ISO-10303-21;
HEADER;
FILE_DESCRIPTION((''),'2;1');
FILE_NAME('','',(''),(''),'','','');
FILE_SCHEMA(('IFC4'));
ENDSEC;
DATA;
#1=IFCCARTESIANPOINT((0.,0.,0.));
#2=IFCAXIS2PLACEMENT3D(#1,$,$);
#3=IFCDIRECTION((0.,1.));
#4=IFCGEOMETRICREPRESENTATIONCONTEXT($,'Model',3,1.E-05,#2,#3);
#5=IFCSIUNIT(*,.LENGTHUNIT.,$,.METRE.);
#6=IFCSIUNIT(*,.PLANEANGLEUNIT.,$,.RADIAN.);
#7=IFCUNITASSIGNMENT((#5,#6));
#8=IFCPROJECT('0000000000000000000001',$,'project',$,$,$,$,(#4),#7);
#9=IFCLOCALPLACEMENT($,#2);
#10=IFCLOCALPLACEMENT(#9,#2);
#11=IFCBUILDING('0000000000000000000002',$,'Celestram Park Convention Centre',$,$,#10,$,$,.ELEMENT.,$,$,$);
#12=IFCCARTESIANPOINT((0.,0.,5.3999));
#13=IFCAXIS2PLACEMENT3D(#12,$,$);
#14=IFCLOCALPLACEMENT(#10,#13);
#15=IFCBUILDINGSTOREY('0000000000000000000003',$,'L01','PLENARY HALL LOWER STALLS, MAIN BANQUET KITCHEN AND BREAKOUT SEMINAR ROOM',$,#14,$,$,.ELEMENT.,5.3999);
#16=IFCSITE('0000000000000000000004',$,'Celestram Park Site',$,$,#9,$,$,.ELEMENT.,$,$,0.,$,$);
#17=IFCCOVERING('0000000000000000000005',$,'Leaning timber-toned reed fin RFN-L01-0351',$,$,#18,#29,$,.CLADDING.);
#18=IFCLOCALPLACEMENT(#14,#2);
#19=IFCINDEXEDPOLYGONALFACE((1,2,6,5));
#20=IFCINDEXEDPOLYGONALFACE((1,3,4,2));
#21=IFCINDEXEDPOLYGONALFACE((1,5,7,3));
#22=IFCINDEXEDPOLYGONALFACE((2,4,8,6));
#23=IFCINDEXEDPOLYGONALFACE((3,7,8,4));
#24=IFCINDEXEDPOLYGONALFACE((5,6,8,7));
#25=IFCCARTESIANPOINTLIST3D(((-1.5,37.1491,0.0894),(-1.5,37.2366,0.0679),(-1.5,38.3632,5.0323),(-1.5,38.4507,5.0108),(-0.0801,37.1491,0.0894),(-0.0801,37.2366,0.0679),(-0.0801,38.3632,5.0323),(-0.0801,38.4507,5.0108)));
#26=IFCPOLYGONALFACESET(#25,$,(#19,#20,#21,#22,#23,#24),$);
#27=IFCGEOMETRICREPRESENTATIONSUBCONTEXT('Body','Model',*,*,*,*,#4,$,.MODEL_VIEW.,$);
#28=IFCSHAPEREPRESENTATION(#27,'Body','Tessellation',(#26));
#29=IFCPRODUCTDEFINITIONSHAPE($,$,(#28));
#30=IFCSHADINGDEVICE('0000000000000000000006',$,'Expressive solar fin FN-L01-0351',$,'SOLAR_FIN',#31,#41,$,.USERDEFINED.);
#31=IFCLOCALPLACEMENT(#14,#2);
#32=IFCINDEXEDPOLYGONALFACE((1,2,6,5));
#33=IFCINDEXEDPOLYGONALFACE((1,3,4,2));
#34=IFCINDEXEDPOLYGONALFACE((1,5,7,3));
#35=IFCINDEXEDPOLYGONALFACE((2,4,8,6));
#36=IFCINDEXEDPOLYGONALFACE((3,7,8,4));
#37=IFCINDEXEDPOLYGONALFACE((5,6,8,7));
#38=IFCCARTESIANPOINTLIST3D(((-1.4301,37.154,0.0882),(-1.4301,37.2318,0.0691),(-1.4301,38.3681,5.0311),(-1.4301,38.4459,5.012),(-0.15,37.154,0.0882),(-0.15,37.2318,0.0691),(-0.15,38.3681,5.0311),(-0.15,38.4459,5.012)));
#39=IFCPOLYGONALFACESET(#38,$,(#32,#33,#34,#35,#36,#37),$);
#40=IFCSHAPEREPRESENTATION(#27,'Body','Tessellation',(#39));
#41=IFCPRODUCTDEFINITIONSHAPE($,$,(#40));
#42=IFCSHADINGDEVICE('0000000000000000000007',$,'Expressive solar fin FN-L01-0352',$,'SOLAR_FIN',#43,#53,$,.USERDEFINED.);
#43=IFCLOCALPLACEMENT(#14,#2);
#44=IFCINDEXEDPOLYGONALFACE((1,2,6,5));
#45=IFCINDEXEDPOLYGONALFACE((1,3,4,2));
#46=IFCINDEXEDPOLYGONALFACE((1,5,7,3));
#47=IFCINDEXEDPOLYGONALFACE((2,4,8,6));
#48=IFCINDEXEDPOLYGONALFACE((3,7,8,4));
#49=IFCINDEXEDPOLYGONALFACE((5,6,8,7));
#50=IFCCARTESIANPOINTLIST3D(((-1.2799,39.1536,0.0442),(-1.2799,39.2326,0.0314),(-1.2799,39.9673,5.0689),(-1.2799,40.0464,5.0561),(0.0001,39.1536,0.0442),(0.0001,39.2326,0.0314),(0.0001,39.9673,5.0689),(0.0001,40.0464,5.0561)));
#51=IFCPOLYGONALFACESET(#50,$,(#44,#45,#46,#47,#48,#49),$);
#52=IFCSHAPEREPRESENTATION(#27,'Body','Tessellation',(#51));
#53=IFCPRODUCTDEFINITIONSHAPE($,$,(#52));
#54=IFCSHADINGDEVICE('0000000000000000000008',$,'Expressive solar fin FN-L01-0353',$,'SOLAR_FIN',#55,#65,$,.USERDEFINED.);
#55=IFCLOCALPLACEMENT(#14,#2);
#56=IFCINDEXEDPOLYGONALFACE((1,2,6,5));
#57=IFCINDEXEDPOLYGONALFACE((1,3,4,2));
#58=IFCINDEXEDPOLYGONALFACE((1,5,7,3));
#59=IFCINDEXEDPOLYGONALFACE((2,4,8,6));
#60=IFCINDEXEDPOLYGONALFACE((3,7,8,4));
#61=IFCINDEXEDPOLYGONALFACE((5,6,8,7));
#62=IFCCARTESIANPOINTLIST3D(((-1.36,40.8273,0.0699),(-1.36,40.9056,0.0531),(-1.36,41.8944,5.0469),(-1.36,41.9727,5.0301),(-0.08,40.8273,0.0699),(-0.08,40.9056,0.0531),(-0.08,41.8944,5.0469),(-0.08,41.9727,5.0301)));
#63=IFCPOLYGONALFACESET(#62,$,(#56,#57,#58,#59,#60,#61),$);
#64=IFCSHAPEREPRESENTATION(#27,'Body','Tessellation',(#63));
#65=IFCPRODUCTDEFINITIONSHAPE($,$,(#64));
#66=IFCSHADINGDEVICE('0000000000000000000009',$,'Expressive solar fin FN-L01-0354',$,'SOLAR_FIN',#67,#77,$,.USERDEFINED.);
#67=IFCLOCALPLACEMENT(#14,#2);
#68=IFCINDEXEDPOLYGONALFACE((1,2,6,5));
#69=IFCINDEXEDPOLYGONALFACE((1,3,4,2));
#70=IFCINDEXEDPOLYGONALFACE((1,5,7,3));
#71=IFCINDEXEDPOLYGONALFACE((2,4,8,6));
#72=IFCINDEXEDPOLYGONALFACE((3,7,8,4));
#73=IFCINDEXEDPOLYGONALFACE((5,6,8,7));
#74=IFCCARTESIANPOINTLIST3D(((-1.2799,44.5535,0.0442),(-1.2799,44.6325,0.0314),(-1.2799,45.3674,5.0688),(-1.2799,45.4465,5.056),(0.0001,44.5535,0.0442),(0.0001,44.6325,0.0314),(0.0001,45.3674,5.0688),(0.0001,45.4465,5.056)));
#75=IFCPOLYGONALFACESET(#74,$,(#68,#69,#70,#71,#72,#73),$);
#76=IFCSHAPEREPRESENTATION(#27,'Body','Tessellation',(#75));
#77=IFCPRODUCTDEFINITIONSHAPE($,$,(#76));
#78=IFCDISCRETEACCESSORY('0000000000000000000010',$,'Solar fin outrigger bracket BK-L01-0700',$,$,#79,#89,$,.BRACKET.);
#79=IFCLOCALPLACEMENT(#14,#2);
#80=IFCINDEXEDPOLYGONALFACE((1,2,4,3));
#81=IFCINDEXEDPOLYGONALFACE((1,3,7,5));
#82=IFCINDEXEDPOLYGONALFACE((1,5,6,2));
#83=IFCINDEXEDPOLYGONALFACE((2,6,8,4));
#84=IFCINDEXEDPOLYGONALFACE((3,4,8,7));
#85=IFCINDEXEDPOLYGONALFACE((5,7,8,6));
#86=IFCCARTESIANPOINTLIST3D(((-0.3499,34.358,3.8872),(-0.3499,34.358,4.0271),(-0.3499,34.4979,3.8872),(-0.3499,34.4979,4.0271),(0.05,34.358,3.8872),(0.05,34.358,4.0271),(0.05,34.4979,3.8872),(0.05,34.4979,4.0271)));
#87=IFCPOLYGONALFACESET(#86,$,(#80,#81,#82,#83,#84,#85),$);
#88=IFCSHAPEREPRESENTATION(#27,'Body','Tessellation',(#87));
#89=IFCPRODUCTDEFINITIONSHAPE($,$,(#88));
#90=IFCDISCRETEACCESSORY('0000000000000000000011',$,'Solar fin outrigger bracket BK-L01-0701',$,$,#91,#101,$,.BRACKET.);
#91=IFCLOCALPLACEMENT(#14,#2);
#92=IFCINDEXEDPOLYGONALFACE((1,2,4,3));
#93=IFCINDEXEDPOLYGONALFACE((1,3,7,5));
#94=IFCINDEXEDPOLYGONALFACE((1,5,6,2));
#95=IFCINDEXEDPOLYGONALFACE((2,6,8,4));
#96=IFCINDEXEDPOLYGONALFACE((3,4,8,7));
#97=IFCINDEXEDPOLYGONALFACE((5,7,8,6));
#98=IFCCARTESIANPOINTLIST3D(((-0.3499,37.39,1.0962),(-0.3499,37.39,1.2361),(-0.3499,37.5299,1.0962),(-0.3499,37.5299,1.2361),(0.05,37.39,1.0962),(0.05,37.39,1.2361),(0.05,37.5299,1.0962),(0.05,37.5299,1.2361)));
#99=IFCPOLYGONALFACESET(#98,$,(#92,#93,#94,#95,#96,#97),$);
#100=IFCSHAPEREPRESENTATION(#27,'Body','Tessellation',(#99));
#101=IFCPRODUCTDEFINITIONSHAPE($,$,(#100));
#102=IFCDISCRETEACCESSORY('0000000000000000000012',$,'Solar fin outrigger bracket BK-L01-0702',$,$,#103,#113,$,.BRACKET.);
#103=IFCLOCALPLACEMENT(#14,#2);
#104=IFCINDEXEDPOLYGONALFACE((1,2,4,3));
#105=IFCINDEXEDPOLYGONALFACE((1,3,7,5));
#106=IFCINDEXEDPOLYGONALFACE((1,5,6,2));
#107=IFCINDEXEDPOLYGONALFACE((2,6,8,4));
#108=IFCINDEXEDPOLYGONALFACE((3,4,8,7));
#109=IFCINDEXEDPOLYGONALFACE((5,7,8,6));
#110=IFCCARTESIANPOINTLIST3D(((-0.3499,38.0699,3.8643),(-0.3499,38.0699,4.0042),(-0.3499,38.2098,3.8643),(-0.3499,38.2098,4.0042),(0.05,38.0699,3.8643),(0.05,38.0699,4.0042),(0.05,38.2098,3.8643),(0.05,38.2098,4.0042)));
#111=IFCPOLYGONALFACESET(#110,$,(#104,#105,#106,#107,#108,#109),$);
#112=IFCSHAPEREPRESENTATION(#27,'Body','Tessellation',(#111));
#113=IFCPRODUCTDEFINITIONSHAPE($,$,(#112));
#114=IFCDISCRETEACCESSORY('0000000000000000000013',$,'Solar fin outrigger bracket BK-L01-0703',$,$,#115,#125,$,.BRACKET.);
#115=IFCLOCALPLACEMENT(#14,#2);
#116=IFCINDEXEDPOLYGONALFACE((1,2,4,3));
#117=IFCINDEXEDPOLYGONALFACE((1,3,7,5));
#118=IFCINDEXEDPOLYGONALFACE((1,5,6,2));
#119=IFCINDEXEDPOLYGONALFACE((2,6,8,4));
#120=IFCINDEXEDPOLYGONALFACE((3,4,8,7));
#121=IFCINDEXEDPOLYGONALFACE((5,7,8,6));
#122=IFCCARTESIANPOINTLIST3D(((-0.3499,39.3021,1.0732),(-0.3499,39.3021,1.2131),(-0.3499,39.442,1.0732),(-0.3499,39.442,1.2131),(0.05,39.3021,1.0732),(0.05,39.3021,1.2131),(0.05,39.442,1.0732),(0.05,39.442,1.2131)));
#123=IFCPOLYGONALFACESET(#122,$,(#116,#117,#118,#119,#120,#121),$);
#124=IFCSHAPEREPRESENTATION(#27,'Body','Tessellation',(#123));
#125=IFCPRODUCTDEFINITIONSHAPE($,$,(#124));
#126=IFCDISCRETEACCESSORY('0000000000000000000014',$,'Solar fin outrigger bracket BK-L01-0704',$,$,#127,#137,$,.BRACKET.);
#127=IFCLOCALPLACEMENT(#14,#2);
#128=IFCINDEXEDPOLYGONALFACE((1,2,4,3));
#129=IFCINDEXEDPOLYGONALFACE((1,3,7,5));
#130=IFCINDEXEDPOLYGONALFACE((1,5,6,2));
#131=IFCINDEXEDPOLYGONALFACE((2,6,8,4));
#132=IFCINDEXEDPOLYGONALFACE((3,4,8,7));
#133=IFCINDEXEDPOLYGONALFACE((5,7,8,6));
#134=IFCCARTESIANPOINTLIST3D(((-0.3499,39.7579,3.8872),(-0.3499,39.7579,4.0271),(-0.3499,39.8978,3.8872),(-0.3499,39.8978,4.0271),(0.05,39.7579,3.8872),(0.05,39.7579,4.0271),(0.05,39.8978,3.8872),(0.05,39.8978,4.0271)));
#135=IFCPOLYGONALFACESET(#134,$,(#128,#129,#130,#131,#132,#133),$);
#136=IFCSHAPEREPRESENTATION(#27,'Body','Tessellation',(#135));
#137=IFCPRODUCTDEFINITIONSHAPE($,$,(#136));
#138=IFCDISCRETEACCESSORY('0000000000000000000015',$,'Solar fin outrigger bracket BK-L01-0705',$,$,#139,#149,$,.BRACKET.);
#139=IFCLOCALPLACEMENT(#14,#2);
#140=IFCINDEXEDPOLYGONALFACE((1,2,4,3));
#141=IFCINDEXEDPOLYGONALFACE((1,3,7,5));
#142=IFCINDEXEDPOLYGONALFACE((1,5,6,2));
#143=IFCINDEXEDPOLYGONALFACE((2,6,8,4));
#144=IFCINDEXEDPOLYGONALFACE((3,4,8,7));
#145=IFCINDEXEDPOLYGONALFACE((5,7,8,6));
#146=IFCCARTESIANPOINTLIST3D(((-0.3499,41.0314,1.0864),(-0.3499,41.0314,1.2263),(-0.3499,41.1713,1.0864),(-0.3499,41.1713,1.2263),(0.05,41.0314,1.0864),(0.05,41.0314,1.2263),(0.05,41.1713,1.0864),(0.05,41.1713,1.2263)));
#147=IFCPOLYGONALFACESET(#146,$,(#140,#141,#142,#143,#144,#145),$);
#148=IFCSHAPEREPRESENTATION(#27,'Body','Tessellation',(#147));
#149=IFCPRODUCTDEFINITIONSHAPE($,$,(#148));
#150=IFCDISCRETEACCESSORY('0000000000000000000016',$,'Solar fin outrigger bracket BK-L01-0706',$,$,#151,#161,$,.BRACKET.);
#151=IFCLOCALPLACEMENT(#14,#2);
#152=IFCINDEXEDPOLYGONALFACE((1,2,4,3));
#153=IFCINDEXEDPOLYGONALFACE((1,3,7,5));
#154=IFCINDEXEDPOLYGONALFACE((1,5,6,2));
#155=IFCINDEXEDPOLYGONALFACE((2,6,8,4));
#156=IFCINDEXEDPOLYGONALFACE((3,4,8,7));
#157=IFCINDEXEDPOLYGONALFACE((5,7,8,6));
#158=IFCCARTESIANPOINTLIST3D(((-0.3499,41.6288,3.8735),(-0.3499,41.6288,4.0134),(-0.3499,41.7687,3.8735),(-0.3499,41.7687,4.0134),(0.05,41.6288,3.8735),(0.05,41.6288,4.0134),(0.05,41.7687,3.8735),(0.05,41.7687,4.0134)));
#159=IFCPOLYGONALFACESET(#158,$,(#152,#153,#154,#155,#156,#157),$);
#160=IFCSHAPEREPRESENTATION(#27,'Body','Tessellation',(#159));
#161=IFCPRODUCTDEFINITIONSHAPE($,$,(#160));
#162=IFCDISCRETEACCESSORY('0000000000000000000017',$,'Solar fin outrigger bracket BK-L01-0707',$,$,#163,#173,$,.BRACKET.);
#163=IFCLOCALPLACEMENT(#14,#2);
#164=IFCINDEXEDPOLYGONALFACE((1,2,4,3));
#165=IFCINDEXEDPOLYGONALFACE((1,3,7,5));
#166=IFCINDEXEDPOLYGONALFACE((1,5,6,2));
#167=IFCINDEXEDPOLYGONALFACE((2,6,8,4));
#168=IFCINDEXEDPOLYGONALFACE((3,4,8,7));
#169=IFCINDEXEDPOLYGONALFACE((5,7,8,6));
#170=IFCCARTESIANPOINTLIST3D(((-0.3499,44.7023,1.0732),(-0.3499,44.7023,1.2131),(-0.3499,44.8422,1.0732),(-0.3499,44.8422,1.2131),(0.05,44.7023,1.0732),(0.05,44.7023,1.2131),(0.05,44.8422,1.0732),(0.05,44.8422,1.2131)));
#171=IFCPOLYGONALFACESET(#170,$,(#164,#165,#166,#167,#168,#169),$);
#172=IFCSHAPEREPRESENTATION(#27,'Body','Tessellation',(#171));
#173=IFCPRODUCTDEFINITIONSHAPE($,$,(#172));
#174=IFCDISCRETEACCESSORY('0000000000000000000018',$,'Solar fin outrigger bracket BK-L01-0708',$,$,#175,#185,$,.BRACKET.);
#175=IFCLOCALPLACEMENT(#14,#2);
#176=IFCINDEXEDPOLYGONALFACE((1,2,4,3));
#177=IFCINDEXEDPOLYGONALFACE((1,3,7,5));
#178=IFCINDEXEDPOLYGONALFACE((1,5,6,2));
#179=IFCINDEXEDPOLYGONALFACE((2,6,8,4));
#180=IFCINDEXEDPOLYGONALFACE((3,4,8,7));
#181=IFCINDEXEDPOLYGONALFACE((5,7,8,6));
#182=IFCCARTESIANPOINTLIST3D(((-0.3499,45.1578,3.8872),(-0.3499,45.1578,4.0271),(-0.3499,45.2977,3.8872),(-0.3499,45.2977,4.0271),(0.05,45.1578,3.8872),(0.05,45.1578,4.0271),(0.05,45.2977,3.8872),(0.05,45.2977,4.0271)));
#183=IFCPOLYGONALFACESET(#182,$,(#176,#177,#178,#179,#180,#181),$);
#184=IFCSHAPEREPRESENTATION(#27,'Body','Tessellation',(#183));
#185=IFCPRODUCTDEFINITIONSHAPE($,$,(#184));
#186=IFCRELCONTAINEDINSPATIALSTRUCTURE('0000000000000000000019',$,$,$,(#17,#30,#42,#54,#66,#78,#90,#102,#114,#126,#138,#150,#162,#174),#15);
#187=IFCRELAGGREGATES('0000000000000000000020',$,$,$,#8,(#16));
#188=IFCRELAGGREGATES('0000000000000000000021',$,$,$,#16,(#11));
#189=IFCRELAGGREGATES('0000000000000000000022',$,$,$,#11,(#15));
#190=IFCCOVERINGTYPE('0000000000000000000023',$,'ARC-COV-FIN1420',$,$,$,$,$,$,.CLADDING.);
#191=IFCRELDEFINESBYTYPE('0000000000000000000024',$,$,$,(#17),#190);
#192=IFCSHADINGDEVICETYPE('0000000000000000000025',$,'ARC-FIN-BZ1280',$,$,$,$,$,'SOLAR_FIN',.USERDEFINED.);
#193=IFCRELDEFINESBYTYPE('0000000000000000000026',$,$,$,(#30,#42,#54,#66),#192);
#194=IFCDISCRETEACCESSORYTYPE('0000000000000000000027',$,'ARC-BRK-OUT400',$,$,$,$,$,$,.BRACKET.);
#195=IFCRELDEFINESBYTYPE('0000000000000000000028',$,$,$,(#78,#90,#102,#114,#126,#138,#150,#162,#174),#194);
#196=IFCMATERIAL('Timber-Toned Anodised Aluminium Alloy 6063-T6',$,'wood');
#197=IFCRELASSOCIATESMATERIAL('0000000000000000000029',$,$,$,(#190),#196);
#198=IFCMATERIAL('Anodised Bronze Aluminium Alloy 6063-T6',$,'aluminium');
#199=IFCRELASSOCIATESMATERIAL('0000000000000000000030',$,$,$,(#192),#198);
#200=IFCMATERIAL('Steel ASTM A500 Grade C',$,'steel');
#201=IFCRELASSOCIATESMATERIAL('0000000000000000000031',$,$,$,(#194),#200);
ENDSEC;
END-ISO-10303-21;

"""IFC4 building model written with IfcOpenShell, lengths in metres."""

from ifc_helpers import new_model, si_unit, direction, frame, origin, origin_2d, place, context, subcontext, project, spatial, rectangle, extrude, material, material_profile, profile_set, type_object, element, save


model = new_model("IFC4")

# Units and contexts
model_context = context("Model", 3, precision=1e-05, world=origin(), true_north=direction((0.0, 1.0)))
body_context = subcontext(model_context, "Body", "Model", "MODEL_VIEW")
ifc_project = project(units=[si_unit("LENGTHUNIT", "METRE"), si_unit("PLANEANGLEUNIT", "RADIAN")], contexts=[model_context])

# Site, building, storey
site_placement = place(None, origin())
site = spatial("IfcSite", under=ifc_project, at=site_placement, Name="Celestram Park Site", CompositionType="ELEMENT", RefElevation=0.0)
building_placement = place(site_placement, origin())
building = spatial("IfcBuilding", under=site, at=building_placement, Name="Celestram Park Convention Centre", CompositionType="ELEMENT")
storey_placement = place(building_placement, frame((0.0, 0.0, 5.3999)))
storey = spatial("IfcBuildingStorey", under=building, at=storey_placement, Name="L01", Description="PLENARY HALL LOWER STALLS, MAIN BANQUET KITCHEN AND BREAKOUT SEMINAR ROOM", CompositionType="ELEMENT", Elevation=5.3999)

# Shared definitions
ifc_material_1 = material(Name="Steel ASTM A500 Grade C", Category="steel")

# Covering
ifc_material_2 = material(Name="Timber-Toned Anodised Aluminium Alloy 6063-T6", Category="wood")
ifc_material_profile_1 = material_profile(ifc_material_2, rectangle(XDim=1.4199, YDim=0.0901, at=origin_2d()), Name="REED1420X90")
ifc_profile_set_1 = profile_set([ifc_material_profile_1], Name="Timber-Toned Anodised Aluminium Alloy 6063-T6")
covering_type_1 = type_object("IfcCoveringType", Name="ARC-COV-FIN1420", PredefinedType="CLADDING", material=ifc_profile_set_1)
covering_1_placement = place(storey_placement, frame((-0.79, 37.1929, 0.0786), z_axis=(0.0, 0.238538, 0.971133), x_axis=(-1.0, 0.0, 0.0)))
element("IfcCovering", 1, at=covering_1_placement, inside=storey, type_object=covering_type_1, Name="Leaning timber-toned reed fin RFN-L01-0351", PredefinedType="CLADDING", context=body_context, shape_type="SweptSolid", body=[
    extrude(rectangle(XDim=1.4199, YDim=0.0901, at=origin_2d()), origin(), (0.0, 0.0, 1.0), 5.0898),
])

# Shading devices
ifc_material_3 = material(Name="Anodised Bronze Aluminium Alloy 6063-T6", Category="aluminium")
ifc_material_profile_2 = material_profile(ifc_material_3, rectangle(XDim=1.28, YDim=0.0801, at=origin_2d()), Name="FIN1280X80")
ifc_profile_set_2 = profile_set([ifc_material_profile_2], Name="Anodised Bronze Aluminium Alloy 6063-T6")
shading_device_type = type_object("IfcShadingDeviceType", Name="ARC-FIN-BZ1280", ElementType="SOLAR_FIN", PredefinedType="USERDEFINED", material=ifc_profile_set_2)
shading_device_placement = place(storey_placement, frame((-0.79, 37.1929, 0.0786), z_axis=(0.0, 0.238538, 0.971133), x_axis=(-1.0, 0.0, 0.0)))
element("IfcShadingDevice", 2, at=shading_device_placement, inside=storey, type_object=shading_device_type, Name="Expressive solar fin FN-L01-0351", ObjectType="SOLAR_FIN", PredefinedType="USERDEFINED", context=body_context, shape_type="SweptSolid", body=[
    extrude(rectangle(XDim=1.28, YDim=0.0801, at=origin_2d()), origin(), (0.0, 0.0, 1.0), 5.0898),
])
for number, where, z_axis, x_axis, name in (
    (3, (-0.6399, 39.1931, 0.0378), (0.0, 0.159863, 0.987139), (-1.0, 0.0, 0.0), "Expressive solar fin FN-L01-0352"),
    (4, (-0.72, 40.8665, 0.0615), (0.0, 0.209647, 0.977777), (-1.0, 0.0, 0.0), "Expressive solar fin FN-L01-0353"),
    (5, (-0.6399, 44.593, 0.0378), (0.0, 0.159909, 0.987132), (-1.0, 0.0, 0.0), "Expressive solar fin FN-L01-0354"),
):
    element("IfcShadingDevice", number, at=place(storey_placement, frame(where, z_axis=z_axis, x_axis=x_axis)), inside=storey, type_object=shading_device_type, Name=name, ObjectType="SOLAR_FIN", PredefinedType="USERDEFINED", context=body_context, shape_type="SweptSolid", body=[
        extrude(rectangle(XDim=1.28, YDim=0.0801, at=origin_2d()), origin(), (0.0, 0.0, 1.0), 5.0901),
    ])

# Discrete accessories
discrete_accessory_type = type_object("IfcDiscreteAccessoryType", Name="ARC-BRK-OUT400", PredefinedType="BRACKET", material=ifc_material_1)
for number, where, z_axis, x_axis, name in (
    (6, (-0.1499, 34.428, 3.8872), (0.0, 0.0, 1.0), (-1.0, 0.0, 0.0), "Solar fin outrigger bracket BK-L01-0700"),
    (7, (-0.1499, 37.46, 1.0962), (0.0, 0.0, 1.0), (-1.0, 0.0, 0.0), "Solar fin outrigger bracket BK-L01-0701"),
    (8, (-0.1499, 38.1399, 3.8643), (0.0, 0.0, 1.0), (-1.0, 0.0, 0.0), "Solar fin outrigger bracket BK-L01-0702"),
    (9, (-0.1499, 39.3721, 1.0732), (0.0, 0.0, 1.0), (-1.0, 0.0, 0.0), "Solar fin outrigger bracket BK-L01-0703"),
    (10, (-0.1499, 39.8279, 3.8872), (0.0, 0.0, 1.0), (-1.0, 0.0, 0.0), "Solar fin outrigger bracket BK-L01-0704"),
    (11, (-0.1499, 41.1013, 1.0864), (0.0, 0.0, 1.0), (-1.0, 0.0, 0.0), "Solar fin outrigger bracket BK-L01-0705"),
    (12, (-0.1499, 41.6987, 3.8735), (0.0, 0.0, 1.0), (-1.0, 0.0, 0.0), "Solar fin outrigger bracket BK-L01-0706"),
    (13, (-0.1499, 44.7722, 1.0732), (0.0, 0.0, 1.0), (-1.0, 0.0, 0.0), "Solar fin outrigger bracket BK-L01-0707"),
    (14, (-0.1499, 45.2278, 3.8872), (0.0, 0.0, 1.0), (-1.0, 0.0, 0.0), "Solar fin outrigger bracket BK-L01-0708"),
):
    element("IfcDiscreteAccessory", number, at=place(storey_placement, frame(where, z_axis=z_axis, x_axis=x_axis)), inside=storey, type_object=discrete_accessory_type, Name=name, PredefinedType="BRACKET", context=body_context, shape_type="SweptSolid", body=[
        extrude(rectangle(XDim=0.3999, YDim=0.1399, at=origin_2d()), origin(), (0.0, 0.0, 1.0), 0.1399),
    ])

save(model, "model.ifc")
